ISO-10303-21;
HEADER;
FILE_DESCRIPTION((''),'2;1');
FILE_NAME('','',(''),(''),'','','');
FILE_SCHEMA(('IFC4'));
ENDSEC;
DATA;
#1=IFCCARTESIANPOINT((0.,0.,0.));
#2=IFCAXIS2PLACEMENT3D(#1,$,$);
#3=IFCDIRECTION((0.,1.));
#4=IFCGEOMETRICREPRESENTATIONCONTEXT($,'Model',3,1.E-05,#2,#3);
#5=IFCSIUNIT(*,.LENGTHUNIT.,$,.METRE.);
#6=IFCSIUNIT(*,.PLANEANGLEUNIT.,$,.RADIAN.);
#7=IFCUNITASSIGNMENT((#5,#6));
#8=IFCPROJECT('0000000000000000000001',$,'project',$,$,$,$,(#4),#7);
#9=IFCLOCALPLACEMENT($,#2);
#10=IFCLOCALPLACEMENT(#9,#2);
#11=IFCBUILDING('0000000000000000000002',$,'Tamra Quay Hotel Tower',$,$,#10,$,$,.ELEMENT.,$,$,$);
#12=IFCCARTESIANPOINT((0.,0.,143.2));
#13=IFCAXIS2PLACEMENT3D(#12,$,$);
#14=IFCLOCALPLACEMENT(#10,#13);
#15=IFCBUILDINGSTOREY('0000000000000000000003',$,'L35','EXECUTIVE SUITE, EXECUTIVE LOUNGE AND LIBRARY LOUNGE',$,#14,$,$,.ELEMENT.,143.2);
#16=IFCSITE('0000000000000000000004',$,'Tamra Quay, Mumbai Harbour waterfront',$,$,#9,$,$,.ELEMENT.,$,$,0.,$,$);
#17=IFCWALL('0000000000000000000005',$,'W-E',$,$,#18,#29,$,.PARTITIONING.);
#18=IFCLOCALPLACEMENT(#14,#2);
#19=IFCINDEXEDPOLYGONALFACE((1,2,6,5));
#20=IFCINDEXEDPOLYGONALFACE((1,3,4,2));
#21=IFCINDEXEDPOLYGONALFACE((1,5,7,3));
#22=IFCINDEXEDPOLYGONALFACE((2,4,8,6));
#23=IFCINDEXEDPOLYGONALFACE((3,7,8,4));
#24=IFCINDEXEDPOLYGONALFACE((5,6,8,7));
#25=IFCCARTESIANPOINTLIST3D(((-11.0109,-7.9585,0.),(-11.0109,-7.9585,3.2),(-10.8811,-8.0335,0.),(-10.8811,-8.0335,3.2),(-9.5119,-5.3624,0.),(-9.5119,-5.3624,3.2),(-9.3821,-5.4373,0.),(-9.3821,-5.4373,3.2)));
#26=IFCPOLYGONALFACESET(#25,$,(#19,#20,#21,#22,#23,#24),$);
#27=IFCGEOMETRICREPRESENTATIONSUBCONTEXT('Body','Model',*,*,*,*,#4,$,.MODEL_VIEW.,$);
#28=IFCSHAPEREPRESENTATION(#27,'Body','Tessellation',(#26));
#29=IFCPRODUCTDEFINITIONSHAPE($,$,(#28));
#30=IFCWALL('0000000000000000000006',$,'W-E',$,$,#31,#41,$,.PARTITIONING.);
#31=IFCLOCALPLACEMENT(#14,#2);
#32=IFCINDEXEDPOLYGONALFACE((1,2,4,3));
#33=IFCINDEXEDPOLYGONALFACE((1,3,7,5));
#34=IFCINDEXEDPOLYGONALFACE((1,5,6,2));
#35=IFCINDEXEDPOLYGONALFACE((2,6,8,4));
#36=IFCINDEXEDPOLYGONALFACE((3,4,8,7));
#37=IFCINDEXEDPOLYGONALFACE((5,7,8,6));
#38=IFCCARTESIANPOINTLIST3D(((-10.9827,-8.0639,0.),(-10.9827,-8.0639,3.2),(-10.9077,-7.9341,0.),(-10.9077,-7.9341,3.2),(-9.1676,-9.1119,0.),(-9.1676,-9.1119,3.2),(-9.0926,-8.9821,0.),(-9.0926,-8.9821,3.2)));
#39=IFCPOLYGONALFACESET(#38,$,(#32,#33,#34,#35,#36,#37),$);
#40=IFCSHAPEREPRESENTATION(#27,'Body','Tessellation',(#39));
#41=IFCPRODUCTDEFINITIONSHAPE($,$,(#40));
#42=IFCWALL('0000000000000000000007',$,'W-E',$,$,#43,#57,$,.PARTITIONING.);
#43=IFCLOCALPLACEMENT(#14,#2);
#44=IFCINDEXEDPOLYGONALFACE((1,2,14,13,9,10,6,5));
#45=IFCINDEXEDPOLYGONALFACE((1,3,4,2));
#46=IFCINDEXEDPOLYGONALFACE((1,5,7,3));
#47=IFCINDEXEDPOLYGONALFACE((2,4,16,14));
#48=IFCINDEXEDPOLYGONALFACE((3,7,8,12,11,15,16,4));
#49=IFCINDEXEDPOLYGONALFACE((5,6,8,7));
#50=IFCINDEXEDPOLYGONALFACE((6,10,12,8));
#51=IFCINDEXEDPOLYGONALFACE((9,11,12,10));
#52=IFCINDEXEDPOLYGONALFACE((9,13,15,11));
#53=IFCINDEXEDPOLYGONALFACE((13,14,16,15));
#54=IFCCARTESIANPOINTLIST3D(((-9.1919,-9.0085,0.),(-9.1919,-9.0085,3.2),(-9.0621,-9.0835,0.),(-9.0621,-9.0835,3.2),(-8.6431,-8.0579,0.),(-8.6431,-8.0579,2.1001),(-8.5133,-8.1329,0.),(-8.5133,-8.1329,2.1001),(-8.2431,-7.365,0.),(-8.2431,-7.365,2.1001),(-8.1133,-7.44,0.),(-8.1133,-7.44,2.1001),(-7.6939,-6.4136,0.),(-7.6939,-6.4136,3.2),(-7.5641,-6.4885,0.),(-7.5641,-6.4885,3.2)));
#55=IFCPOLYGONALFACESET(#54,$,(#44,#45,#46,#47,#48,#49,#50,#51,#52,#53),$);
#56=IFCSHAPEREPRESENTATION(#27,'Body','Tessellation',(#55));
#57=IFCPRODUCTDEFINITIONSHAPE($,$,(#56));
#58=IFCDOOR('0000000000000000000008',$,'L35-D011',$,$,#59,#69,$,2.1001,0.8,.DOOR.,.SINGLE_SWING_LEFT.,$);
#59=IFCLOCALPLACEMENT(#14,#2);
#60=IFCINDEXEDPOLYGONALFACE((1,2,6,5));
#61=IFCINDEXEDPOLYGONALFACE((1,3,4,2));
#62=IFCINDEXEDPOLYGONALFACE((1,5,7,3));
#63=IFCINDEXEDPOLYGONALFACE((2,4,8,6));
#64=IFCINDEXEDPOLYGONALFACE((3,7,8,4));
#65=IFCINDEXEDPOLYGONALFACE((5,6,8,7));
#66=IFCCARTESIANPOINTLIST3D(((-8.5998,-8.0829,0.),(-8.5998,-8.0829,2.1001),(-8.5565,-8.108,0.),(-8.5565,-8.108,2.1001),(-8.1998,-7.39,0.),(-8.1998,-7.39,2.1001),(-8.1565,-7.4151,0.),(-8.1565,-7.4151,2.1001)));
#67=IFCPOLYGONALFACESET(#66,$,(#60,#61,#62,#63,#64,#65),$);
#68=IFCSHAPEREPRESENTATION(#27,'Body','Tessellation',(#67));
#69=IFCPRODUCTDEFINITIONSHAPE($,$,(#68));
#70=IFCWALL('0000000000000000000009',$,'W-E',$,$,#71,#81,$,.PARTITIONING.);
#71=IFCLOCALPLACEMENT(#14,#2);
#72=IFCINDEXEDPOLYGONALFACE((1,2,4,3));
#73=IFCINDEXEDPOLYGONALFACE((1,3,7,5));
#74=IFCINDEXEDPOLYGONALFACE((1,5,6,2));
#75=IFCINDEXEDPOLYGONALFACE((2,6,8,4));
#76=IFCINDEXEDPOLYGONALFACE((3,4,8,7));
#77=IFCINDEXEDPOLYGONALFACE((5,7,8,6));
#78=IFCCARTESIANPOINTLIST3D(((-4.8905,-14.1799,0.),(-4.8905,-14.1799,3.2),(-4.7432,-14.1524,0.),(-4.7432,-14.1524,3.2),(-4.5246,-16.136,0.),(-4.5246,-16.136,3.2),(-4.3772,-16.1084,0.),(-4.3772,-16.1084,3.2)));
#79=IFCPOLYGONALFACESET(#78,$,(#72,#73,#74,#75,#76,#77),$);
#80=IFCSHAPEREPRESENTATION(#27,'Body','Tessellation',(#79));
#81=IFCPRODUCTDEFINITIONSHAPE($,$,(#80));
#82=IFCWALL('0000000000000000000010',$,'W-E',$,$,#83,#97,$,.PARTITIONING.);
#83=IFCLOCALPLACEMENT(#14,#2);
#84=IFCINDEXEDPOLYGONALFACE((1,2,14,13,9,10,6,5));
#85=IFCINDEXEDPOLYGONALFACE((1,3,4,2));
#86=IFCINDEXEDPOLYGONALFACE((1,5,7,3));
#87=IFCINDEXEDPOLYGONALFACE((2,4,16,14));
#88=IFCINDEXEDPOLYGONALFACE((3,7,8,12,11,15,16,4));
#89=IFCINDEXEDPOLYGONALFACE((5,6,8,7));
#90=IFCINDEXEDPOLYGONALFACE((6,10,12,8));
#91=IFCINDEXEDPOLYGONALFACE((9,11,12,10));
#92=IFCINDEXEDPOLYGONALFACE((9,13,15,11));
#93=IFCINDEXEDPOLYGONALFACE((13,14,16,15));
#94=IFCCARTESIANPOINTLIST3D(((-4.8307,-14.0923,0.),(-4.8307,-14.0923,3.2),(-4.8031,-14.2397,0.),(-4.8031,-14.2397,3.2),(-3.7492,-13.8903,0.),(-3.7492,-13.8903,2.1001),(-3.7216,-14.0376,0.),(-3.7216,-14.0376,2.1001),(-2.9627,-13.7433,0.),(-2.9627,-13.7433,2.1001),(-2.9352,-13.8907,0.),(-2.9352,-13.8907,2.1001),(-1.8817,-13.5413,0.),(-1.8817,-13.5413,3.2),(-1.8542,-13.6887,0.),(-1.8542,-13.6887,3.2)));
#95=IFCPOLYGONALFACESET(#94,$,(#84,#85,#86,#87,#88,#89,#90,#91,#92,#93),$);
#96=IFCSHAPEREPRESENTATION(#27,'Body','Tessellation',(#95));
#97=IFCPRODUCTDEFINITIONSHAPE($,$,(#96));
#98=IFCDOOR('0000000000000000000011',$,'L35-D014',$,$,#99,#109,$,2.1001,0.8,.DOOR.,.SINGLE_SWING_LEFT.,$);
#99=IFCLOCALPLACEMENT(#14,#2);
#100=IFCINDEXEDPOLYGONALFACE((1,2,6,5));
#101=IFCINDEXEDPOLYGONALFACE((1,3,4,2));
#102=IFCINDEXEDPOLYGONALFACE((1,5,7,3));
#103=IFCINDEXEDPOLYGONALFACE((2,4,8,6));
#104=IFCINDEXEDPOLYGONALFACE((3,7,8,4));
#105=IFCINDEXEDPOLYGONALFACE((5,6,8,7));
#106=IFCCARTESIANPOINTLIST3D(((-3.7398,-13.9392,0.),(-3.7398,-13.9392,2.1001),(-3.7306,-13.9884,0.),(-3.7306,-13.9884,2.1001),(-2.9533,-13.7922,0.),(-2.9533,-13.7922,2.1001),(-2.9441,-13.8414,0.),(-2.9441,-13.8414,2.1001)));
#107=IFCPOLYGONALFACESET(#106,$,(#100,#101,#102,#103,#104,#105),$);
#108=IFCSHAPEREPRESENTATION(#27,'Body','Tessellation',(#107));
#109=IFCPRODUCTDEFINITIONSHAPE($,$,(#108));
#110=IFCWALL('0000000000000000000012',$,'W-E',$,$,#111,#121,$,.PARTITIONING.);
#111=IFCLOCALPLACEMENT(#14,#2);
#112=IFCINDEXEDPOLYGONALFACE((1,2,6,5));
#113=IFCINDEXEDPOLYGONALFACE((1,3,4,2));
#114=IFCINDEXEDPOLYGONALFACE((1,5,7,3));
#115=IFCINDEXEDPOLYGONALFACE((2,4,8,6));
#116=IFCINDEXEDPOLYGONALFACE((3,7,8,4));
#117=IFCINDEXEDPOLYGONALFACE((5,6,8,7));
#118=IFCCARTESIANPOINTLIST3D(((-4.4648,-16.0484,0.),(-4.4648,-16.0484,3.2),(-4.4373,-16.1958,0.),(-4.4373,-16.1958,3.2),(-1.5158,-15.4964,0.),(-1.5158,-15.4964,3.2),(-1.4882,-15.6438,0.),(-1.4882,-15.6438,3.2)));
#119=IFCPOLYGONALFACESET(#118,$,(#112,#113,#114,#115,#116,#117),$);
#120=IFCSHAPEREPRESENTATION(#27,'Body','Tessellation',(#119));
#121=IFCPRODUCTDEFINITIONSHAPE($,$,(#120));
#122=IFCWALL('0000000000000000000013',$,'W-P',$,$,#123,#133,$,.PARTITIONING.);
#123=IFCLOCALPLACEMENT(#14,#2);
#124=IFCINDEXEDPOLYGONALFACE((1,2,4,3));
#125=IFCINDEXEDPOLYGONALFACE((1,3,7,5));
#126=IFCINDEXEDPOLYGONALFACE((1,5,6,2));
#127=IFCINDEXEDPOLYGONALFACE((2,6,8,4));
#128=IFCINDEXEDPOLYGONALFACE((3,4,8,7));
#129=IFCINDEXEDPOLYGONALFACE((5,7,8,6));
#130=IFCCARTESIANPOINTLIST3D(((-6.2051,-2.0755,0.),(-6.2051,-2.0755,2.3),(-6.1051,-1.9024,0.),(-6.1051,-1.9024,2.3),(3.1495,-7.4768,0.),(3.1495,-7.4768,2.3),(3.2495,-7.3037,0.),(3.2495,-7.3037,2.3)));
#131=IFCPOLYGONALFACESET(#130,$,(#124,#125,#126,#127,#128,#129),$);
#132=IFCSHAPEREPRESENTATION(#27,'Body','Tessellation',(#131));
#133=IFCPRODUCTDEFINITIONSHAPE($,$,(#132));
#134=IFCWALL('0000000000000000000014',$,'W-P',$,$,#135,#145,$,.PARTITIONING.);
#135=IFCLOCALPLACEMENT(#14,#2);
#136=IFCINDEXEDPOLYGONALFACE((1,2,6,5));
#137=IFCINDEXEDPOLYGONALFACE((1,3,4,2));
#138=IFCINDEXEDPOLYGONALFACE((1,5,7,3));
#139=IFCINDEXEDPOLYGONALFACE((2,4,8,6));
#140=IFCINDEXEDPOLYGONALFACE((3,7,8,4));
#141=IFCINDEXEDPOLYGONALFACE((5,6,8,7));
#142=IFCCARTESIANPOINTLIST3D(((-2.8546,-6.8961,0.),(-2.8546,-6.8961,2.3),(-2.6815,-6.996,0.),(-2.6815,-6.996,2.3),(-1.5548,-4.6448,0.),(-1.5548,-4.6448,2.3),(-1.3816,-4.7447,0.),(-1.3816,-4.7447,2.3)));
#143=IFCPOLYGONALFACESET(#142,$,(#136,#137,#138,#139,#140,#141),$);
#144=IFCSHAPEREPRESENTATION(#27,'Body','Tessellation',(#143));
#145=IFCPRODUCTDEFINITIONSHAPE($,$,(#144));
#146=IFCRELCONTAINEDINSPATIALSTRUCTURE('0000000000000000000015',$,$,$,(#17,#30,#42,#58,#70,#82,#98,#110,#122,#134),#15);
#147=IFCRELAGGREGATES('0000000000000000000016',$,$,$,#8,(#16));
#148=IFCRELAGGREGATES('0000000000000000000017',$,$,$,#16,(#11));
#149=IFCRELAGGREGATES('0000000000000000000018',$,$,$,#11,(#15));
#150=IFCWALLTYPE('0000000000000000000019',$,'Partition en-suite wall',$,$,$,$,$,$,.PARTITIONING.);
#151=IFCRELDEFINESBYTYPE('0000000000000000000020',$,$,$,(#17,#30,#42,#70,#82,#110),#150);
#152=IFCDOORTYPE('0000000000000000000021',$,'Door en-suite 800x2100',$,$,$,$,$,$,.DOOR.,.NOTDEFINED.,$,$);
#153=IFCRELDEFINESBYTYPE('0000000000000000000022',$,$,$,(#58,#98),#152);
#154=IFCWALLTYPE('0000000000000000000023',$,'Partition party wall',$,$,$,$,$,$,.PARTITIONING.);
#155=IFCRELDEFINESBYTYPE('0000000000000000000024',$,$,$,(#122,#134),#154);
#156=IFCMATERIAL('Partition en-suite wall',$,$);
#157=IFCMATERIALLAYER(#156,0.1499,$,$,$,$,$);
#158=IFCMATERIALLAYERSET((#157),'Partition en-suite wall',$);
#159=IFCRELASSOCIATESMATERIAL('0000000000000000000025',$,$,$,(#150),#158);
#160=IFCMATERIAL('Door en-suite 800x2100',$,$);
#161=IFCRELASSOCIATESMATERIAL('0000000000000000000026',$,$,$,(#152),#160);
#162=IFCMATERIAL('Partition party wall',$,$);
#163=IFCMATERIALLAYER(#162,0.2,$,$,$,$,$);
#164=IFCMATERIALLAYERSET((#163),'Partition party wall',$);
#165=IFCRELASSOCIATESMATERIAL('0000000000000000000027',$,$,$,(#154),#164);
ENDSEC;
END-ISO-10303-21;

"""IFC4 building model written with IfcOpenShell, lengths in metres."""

from ifc_helpers import new_model, si_unit, direction, frame, frame_2d, origin, place, context, subcontext, project, spatial, rectangle, extrude, material, layer, layer_set, type_object, element, fill, save


model = new_model("IFC4")

# Units and contexts
model_context = context("Model", 3, precision=1e-05, world=origin(), true_north=direction((0.0, 1.0)))
body_context = subcontext(model_context, "Body", "Model", "MODEL_VIEW")
ifc_project = project(units=[si_unit("LENGTHUNIT", "METRE"), si_unit("PLANEANGLEUNIT", "RADIAN")], contexts=[model_context])

# Site, building, storey
site_placement = place(None, origin())
site = spatial("IfcSite", under=ifc_project, at=site_placement, Name="Tamra Quay, Mumbai Harbour waterfront", CompositionType="ELEMENT", RefElevation=0.0)
building_placement = place(site_placement, origin())
building = spatial("IfcBuilding", under=site, at=building_placement, Name="Tamra Quay Hotel Tower", CompositionType="ELEMENT")
storey_placement = place(building_placement, frame((0.0, 0.0, 143.2)))
storey = spatial("IfcBuildingStorey", under=building, at=storey_placement, Name="L35", Description="EXECUTIVE SUITE, EXECUTIVE LOUNGE AND LIBRARY LOUNGE", CompositionType="ELEMENT", Elevation=143.2)

# Walls
ifc_material_1 = material(Name="Partition en-suite wall")
ifc_layer_1 = layer(ifc_material_1, 0.1499)
ifc_layer_set_1 = layer_set([ifc_layer_1], Name="Partition en-suite wall")
wall_type_1 = type_object("IfcWallType", Name="Partition en-suite wall", PredefinedType="PARTITIONING", material=ifc_layer_set_1)
wall_1_placement = place(storey_placement, frame((-10.946, -7.9961, 0.0), z_axis=(0.0, 0.0, 1.0), x_axis=(0.500028, 0.866009, 0.0)))
element("IfcWall", 1, at=wall_1_placement, inside=storey, type_object=wall_type_1, Name="W-E", PredefinedType="PARTITIONING", context=body_context, shape_type="SweptSolid", body=[
    extrude(rectangle(XDim=2.9978, YDim=0.1499, at=frame_2d((1.499, 0.0))), origin(), (0.0, 0.0, 1.0), 3.2),
])
wall_2_placement = place(storey_placement, frame((-10.9451, -7.999, 0.0), z_axis=(0.0, 0.0, 1.0), x_axis=(0.866005, -0.500035, 0.0)))
element("IfcWall", 2, at=wall_2_placement, inside=storey, type_object=wall_type_1, Name="W-E", PredefinedType="PARTITIONING", context=body_context, shape_type="SweptSolid", body=[
    extrude(rectangle(XDim=2.0959, YDim=0.1499, at=frame_2d((1.0479, 0.0))), origin(), (0.0, 0.0, 1.0), 3.2),
])

# Wall, opening, door
wall_3_placement = place(storey_placement, frame((-9.127, -9.0459, 0.0), z_axis=(0.0, 0.0, 1.0), x_axis=(0.49996, 0.866049, 0.0)))
wall_3 = element("IfcWall", 3, at=wall_3_placement, inside=storey, type_object=wall_type_1, Name="W-E", PredefinedType="PARTITIONING", context=body_context, shape_type="SweptSolid", body=[
    extrude(rectangle(XDim=2.9963, YDim=0.1499, at=frame_2d((1.498, 0.0))), origin(), (0.0, 0.0, 1.0), 3.2),
])
opening_1_placement = place(wall_3_placement, frame((1.0977, 0.0, 0.0)))
opening_1 = element("IfcOpeningElement", 4, at=opening_1_placement, cuts=wall_3, PredefinedType="OPENING", context=body_context, shape_type="SweptSolid", body=[
    extrude(rectangle(XDim=0.8, YDim=2.1001, at=frame_2d((0.3999, 1.05))), frame((0.0, 0.085, 0.0), z_axis=(0.0, -1.0, 0.0), x_axis=(1.0, 0.0, 0.0)), (0.0, 0.0, 1.0), 0.1699),
])
ifc_material_2 = material(Name="Door en-suite 800x2100")
door_type_1 = type_object("IfcDoorType", Name="Door en-suite 800x2100", OperationType="NOTDEFINED", PredefinedType="DOOR", material=ifc_material_2)
door_1_placement = place(opening_1_placement, origin())
door_1 = element("IfcDoor", 5, at=door_1_placement, inside=storey, type_object=door_type_1, Name="L35-D011", OperationType="SINGLE_SWING_LEFT", OverallHeight=2.1001, OverallWidth=0.8, PredefinedType="DOOR", context=body_context, shape_type="SweptSolid", body=[
    extrude(rectangle(XDim=0.8, YDim=2.1001, at=frame_2d((0.3999, 1.05))), frame((0.0, 0.0249, 0.0), z_axis=(0.0, -1.0, 0.0), x_axis=(1.0, 0.0, 0.0)), (0.0, 0.0, 1.0), 0.05),
])
fill(opening_1, door_1)

# Wall
wall_4_placement = place(storey_placement, frame((-4.8169, -14.166, 0.0), z_axis=(0.0, 0.0, 1.0), x_axis=(0.183903, -0.982944, 0.0)))
element("IfcWall", 6, at=wall_4_placement, inside=storey, type_object=wall_type_1, Name="W-E", PredefinedType="PARTITIONING", context=body_context, shape_type="SweptSolid", body=[
    extrude(rectangle(XDim=1.99, YDim=0.1499, at=frame_2d((0.9951, 0.0))), origin(), (0.0, 0.0, 1.0), 3.2),
])

# Wall, opening, door
wall_5_placement = place(storey_placement, frame((-4.8169, -14.166, 0.0), z_axis=(0.0, 0.0, 1.0), x_axis=(0.982987, 0.183674, 0.0)))
wall_5 = element("IfcWall", 7, at=wall_5_placement, inside=storey, type_object=wall_type_1, Name="W-E", PredefinedType="PARTITIONING", context=body_context, shape_type="SweptSolid", body=[
    extrude(rectangle(XDim=3.0, YDim=0.1499, at=frame_2d((1.5, 0.0))), origin(), (0.0, 0.0, 1.0), 3.2),
])
opening_2_placement = place(wall_5_placement, frame((1.1003, 0.0, 0.0)))
opening_2 = element("IfcOpeningElement", 8, at=opening_2_placement, cuts=wall_5, PredefinedType="OPENING", context=body_context, shape_type="SweptSolid", body=[
    extrude(rectangle(XDim=0.8, YDim=2.1001, at=frame_2d((0.3999, 1.05))), frame((0.0, 0.085, 0.0), z_axis=(0.0, -1.0, 0.0), x_axis=(1.0, 0.0, 0.0)), (0.0, 0.0, 1.0), 0.1699),
])
door_2_placement = place(opening_2_placement, frame((0.8, 0.0, 0.0), z_axis=(0.0, 0.0, 1.0), x_axis=(-1.0, 0.0, 0.0)))
door_2 = element("IfcDoor", 9, at=door_2_placement, inside=storey, type_object=door_type_1, Name="L35-D014", OperationType="SINGLE_SWING_LEFT", OverallHeight=2.1001, OverallWidth=0.8, PredefinedType="DOOR", context=body_context, shape_type="SweptSolid", body=[
    extrude(rectangle(XDim=0.8, YDim=2.1001, at=frame_2d((0.3999, 1.05))), frame((0.0, 0.0249, 0.0), z_axis=(0.0, -1.0, 0.0), x_axis=(1.0, 0.0, 0.0)), (0.0, 0.0, 1.0), 0.05),
])
fill(opening_2, door_2)

# Walls
wall_6_placement = place(storey_placement, frame((-4.4509, -16.1221, 0.0), z_axis=(0.0, 0.0, 1.0), x_axis=(0.982928, 0.183989, 0.0)))
element("IfcWall", 10, at=wall_6_placement, inside=storey, type_object=wall_type_1, Name="W-E", PredefinedType="PARTITIONING", context=body_context, shape_type="SweptSolid", body=[
    extrude(rectangle(XDim=3.0002, YDim=0.1499, at=frame_2d((1.5, 0.0))), origin(), (0.0, 0.0, 1.0), 3.2),
])
ifc_material_3 = material(Name="Partition party wall")
ifc_layer_2 = layer(ifc_material_3, 0.2)
ifc_layer_set_2 = layer_set([ifc_layer_2], Name="Partition party wall")
wall_type_2 = type_object("IfcWallType", Name="Partition party wall", PredefinedType="PARTITIONING", material=ifc_layer_set_2)
wall_7_placement = place(storey_placement, frame((-6.155, -1.989, 0.0), z_axis=(0.0, 0.0, 1.0), x_axis=(0.866009, -0.500028, 0.0)))
element("IfcWall", 11, at=wall_7_placement, inside=storey, type_object=wall_type_2, Name="W-P", PredefinedType="PARTITIONING", context=body_context, shape_type="SweptSolid", body=[
    extrude(rectangle(XDim=10.802, YDim=0.2, at=frame_2d((5.4009, 0.0))), origin(), (0.0, 0.0, 1.0), 2.3),
])
wall_8_placement = place(storey_placement, frame((-2.7681, -6.946, 0.0), z_axis=(0.0, 0.0, 1.0), x_axis=(0.500018, 0.866015, 0.0)))
element("IfcWall", 12, at=wall_8_placement, inside=storey, type_object=wall_type_2, Name="W-P", PredefinedType="PARTITIONING", context=body_context, shape_type="SweptSolid", body=[
    extrude(rectangle(XDim=2.5996, YDim=0.2, at=frame_2d((1.2998, 0.0))), origin(), (0.0, 0.0, 1.0), 2.3),
])

save(model, "model.ifc")
